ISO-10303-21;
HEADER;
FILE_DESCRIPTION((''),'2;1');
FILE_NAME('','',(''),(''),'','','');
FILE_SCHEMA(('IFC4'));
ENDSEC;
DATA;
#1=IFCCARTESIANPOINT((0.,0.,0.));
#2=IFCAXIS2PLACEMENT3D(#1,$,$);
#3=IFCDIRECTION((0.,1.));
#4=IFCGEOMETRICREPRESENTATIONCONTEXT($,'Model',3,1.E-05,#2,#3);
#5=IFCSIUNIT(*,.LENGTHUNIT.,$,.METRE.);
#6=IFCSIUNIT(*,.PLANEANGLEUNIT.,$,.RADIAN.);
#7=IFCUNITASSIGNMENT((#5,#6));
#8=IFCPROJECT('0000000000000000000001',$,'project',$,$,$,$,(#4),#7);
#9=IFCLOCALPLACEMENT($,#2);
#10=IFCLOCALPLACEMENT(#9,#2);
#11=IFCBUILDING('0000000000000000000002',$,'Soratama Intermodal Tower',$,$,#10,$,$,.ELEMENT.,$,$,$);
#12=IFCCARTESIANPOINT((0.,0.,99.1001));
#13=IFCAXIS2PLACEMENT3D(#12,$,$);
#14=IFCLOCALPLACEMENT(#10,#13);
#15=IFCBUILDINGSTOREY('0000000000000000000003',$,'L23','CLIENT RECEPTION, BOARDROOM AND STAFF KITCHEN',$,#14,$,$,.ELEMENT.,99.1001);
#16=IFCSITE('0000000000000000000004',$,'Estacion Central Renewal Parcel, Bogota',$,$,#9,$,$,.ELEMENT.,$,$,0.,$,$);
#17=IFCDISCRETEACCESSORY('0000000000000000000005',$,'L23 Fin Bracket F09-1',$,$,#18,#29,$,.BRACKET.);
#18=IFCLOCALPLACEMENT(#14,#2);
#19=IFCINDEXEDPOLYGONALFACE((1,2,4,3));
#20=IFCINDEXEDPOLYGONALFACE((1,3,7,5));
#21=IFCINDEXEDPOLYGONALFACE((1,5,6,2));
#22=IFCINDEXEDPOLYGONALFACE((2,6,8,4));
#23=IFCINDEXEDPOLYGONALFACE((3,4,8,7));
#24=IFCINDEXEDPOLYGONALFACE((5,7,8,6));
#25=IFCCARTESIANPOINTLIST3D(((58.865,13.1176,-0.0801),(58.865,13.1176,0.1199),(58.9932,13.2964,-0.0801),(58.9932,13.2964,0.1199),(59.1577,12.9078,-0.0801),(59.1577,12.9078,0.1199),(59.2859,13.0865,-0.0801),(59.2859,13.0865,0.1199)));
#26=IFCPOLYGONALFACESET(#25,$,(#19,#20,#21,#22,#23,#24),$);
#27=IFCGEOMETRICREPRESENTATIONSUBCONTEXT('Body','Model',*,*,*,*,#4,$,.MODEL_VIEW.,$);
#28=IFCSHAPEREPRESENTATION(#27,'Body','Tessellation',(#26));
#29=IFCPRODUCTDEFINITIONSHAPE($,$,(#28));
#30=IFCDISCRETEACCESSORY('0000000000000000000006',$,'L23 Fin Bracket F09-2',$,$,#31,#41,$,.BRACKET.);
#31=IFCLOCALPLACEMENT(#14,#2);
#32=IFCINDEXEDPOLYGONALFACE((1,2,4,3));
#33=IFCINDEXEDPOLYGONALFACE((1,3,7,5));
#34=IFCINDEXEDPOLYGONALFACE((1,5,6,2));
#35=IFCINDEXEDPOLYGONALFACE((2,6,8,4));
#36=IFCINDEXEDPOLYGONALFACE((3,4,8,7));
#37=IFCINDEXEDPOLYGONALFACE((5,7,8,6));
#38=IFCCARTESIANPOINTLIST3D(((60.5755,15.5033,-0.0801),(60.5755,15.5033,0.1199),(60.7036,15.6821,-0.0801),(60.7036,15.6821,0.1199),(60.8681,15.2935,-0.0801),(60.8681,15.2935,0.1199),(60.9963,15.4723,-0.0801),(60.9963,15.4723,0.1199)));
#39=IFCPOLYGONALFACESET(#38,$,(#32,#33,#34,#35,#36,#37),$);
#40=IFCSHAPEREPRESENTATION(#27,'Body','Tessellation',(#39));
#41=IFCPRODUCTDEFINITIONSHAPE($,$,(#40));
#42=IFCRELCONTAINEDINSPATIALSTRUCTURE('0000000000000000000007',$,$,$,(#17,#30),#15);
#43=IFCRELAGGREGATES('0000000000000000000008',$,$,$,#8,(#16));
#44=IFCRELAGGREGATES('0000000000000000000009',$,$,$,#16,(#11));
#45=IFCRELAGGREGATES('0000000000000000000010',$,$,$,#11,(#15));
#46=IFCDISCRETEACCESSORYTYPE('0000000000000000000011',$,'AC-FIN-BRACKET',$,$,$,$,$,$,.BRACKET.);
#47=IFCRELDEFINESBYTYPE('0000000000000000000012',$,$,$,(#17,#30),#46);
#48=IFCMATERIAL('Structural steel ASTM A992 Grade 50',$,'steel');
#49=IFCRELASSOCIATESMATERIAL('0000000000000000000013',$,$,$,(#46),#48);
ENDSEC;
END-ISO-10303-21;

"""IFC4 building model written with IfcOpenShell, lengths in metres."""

from ifc_helpers import new_model, si_unit, direction, frame, origin, origin_2d, place, context, subcontext, project, spatial, rectangle, extrude, material, type_object, element, save


model = new_model("IFC4")

# Units and contexts
model_context = context("Model", 3, precision=1e-05, world=origin(), true_north=direction((0.0, 1.0)))
body_context = subcontext(model_context, "Body", "Model", "MODEL_VIEW")
ifc_project = project(units=[si_unit("LENGTHUNIT", "METRE"), si_unit("PLANEANGLEUNIT", "RADIAN")], contexts=[model_context])

# Site, building, storey
site_placement = place(None, origin())
site = spatial("IfcSite", under=ifc_project, at=site_placement, Name="Estacion Central Renewal Parcel, Bogota", CompositionType="ELEMENT", RefElevation=0.0)
building_placement = place(site_placement, origin())
building = spatial("IfcBuilding", under=site, at=building_placement, Name="Soratama Intermodal Tower", CompositionType="ELEMENT")
storey_placement = place(building_placement, frame((0.0, 0.0, 99.1001)))
storey = spatial("IfcBuildingStorey", under=building, at=storey_placement, Name="L23", Description="CLIENT RECEPTION, BOARDROOM AND STAFF KITCHEN", CompositionType="ELEMENT", Elevation=99.1001)

# Discrete accessories
ifc_material_1 = material(Name="Structural steel ASTM A992 Grade 50", Category="steel")
discrete_accessory_type = type_object("IfcDiscreteAccessoryType", Name="AC-FIN-BRACKET", PredefinedType="BRACKET", material=ifc_material_1)
for number, where, z_axis, x_axis, name in (
    (1, (59.0754, 13.1021, -0.0801), (0.0, 0.0, 1.0), (0.812694, -0.58269, 0.0), "L23 Fin Bracket F09-1"),
    (2, (60.7859, 15.4878, -0.0801), (0.0, 0.0, 1.0), (0.812694, -0.58269, 0.0), "L23 Fin Bracket F09-2"),
):
    element("IfcDiscreteAccessory", number, at=place(storey_placement, frame(where, z_axis=z_axis, x_axis=x_axis)), inside=storey, type_object=discrete_accessory_type, Name=name, PredefinedType="BRACKET", context=body_context, shape_type="SweptSolid", body=[
        extrude(rectangle(XDim=0.3601, YDim=0.22, at=origin_2d()), origin(), (0.0, 0.0, 1.0), 0.2),
    ])

save(model, "model.ifc")
